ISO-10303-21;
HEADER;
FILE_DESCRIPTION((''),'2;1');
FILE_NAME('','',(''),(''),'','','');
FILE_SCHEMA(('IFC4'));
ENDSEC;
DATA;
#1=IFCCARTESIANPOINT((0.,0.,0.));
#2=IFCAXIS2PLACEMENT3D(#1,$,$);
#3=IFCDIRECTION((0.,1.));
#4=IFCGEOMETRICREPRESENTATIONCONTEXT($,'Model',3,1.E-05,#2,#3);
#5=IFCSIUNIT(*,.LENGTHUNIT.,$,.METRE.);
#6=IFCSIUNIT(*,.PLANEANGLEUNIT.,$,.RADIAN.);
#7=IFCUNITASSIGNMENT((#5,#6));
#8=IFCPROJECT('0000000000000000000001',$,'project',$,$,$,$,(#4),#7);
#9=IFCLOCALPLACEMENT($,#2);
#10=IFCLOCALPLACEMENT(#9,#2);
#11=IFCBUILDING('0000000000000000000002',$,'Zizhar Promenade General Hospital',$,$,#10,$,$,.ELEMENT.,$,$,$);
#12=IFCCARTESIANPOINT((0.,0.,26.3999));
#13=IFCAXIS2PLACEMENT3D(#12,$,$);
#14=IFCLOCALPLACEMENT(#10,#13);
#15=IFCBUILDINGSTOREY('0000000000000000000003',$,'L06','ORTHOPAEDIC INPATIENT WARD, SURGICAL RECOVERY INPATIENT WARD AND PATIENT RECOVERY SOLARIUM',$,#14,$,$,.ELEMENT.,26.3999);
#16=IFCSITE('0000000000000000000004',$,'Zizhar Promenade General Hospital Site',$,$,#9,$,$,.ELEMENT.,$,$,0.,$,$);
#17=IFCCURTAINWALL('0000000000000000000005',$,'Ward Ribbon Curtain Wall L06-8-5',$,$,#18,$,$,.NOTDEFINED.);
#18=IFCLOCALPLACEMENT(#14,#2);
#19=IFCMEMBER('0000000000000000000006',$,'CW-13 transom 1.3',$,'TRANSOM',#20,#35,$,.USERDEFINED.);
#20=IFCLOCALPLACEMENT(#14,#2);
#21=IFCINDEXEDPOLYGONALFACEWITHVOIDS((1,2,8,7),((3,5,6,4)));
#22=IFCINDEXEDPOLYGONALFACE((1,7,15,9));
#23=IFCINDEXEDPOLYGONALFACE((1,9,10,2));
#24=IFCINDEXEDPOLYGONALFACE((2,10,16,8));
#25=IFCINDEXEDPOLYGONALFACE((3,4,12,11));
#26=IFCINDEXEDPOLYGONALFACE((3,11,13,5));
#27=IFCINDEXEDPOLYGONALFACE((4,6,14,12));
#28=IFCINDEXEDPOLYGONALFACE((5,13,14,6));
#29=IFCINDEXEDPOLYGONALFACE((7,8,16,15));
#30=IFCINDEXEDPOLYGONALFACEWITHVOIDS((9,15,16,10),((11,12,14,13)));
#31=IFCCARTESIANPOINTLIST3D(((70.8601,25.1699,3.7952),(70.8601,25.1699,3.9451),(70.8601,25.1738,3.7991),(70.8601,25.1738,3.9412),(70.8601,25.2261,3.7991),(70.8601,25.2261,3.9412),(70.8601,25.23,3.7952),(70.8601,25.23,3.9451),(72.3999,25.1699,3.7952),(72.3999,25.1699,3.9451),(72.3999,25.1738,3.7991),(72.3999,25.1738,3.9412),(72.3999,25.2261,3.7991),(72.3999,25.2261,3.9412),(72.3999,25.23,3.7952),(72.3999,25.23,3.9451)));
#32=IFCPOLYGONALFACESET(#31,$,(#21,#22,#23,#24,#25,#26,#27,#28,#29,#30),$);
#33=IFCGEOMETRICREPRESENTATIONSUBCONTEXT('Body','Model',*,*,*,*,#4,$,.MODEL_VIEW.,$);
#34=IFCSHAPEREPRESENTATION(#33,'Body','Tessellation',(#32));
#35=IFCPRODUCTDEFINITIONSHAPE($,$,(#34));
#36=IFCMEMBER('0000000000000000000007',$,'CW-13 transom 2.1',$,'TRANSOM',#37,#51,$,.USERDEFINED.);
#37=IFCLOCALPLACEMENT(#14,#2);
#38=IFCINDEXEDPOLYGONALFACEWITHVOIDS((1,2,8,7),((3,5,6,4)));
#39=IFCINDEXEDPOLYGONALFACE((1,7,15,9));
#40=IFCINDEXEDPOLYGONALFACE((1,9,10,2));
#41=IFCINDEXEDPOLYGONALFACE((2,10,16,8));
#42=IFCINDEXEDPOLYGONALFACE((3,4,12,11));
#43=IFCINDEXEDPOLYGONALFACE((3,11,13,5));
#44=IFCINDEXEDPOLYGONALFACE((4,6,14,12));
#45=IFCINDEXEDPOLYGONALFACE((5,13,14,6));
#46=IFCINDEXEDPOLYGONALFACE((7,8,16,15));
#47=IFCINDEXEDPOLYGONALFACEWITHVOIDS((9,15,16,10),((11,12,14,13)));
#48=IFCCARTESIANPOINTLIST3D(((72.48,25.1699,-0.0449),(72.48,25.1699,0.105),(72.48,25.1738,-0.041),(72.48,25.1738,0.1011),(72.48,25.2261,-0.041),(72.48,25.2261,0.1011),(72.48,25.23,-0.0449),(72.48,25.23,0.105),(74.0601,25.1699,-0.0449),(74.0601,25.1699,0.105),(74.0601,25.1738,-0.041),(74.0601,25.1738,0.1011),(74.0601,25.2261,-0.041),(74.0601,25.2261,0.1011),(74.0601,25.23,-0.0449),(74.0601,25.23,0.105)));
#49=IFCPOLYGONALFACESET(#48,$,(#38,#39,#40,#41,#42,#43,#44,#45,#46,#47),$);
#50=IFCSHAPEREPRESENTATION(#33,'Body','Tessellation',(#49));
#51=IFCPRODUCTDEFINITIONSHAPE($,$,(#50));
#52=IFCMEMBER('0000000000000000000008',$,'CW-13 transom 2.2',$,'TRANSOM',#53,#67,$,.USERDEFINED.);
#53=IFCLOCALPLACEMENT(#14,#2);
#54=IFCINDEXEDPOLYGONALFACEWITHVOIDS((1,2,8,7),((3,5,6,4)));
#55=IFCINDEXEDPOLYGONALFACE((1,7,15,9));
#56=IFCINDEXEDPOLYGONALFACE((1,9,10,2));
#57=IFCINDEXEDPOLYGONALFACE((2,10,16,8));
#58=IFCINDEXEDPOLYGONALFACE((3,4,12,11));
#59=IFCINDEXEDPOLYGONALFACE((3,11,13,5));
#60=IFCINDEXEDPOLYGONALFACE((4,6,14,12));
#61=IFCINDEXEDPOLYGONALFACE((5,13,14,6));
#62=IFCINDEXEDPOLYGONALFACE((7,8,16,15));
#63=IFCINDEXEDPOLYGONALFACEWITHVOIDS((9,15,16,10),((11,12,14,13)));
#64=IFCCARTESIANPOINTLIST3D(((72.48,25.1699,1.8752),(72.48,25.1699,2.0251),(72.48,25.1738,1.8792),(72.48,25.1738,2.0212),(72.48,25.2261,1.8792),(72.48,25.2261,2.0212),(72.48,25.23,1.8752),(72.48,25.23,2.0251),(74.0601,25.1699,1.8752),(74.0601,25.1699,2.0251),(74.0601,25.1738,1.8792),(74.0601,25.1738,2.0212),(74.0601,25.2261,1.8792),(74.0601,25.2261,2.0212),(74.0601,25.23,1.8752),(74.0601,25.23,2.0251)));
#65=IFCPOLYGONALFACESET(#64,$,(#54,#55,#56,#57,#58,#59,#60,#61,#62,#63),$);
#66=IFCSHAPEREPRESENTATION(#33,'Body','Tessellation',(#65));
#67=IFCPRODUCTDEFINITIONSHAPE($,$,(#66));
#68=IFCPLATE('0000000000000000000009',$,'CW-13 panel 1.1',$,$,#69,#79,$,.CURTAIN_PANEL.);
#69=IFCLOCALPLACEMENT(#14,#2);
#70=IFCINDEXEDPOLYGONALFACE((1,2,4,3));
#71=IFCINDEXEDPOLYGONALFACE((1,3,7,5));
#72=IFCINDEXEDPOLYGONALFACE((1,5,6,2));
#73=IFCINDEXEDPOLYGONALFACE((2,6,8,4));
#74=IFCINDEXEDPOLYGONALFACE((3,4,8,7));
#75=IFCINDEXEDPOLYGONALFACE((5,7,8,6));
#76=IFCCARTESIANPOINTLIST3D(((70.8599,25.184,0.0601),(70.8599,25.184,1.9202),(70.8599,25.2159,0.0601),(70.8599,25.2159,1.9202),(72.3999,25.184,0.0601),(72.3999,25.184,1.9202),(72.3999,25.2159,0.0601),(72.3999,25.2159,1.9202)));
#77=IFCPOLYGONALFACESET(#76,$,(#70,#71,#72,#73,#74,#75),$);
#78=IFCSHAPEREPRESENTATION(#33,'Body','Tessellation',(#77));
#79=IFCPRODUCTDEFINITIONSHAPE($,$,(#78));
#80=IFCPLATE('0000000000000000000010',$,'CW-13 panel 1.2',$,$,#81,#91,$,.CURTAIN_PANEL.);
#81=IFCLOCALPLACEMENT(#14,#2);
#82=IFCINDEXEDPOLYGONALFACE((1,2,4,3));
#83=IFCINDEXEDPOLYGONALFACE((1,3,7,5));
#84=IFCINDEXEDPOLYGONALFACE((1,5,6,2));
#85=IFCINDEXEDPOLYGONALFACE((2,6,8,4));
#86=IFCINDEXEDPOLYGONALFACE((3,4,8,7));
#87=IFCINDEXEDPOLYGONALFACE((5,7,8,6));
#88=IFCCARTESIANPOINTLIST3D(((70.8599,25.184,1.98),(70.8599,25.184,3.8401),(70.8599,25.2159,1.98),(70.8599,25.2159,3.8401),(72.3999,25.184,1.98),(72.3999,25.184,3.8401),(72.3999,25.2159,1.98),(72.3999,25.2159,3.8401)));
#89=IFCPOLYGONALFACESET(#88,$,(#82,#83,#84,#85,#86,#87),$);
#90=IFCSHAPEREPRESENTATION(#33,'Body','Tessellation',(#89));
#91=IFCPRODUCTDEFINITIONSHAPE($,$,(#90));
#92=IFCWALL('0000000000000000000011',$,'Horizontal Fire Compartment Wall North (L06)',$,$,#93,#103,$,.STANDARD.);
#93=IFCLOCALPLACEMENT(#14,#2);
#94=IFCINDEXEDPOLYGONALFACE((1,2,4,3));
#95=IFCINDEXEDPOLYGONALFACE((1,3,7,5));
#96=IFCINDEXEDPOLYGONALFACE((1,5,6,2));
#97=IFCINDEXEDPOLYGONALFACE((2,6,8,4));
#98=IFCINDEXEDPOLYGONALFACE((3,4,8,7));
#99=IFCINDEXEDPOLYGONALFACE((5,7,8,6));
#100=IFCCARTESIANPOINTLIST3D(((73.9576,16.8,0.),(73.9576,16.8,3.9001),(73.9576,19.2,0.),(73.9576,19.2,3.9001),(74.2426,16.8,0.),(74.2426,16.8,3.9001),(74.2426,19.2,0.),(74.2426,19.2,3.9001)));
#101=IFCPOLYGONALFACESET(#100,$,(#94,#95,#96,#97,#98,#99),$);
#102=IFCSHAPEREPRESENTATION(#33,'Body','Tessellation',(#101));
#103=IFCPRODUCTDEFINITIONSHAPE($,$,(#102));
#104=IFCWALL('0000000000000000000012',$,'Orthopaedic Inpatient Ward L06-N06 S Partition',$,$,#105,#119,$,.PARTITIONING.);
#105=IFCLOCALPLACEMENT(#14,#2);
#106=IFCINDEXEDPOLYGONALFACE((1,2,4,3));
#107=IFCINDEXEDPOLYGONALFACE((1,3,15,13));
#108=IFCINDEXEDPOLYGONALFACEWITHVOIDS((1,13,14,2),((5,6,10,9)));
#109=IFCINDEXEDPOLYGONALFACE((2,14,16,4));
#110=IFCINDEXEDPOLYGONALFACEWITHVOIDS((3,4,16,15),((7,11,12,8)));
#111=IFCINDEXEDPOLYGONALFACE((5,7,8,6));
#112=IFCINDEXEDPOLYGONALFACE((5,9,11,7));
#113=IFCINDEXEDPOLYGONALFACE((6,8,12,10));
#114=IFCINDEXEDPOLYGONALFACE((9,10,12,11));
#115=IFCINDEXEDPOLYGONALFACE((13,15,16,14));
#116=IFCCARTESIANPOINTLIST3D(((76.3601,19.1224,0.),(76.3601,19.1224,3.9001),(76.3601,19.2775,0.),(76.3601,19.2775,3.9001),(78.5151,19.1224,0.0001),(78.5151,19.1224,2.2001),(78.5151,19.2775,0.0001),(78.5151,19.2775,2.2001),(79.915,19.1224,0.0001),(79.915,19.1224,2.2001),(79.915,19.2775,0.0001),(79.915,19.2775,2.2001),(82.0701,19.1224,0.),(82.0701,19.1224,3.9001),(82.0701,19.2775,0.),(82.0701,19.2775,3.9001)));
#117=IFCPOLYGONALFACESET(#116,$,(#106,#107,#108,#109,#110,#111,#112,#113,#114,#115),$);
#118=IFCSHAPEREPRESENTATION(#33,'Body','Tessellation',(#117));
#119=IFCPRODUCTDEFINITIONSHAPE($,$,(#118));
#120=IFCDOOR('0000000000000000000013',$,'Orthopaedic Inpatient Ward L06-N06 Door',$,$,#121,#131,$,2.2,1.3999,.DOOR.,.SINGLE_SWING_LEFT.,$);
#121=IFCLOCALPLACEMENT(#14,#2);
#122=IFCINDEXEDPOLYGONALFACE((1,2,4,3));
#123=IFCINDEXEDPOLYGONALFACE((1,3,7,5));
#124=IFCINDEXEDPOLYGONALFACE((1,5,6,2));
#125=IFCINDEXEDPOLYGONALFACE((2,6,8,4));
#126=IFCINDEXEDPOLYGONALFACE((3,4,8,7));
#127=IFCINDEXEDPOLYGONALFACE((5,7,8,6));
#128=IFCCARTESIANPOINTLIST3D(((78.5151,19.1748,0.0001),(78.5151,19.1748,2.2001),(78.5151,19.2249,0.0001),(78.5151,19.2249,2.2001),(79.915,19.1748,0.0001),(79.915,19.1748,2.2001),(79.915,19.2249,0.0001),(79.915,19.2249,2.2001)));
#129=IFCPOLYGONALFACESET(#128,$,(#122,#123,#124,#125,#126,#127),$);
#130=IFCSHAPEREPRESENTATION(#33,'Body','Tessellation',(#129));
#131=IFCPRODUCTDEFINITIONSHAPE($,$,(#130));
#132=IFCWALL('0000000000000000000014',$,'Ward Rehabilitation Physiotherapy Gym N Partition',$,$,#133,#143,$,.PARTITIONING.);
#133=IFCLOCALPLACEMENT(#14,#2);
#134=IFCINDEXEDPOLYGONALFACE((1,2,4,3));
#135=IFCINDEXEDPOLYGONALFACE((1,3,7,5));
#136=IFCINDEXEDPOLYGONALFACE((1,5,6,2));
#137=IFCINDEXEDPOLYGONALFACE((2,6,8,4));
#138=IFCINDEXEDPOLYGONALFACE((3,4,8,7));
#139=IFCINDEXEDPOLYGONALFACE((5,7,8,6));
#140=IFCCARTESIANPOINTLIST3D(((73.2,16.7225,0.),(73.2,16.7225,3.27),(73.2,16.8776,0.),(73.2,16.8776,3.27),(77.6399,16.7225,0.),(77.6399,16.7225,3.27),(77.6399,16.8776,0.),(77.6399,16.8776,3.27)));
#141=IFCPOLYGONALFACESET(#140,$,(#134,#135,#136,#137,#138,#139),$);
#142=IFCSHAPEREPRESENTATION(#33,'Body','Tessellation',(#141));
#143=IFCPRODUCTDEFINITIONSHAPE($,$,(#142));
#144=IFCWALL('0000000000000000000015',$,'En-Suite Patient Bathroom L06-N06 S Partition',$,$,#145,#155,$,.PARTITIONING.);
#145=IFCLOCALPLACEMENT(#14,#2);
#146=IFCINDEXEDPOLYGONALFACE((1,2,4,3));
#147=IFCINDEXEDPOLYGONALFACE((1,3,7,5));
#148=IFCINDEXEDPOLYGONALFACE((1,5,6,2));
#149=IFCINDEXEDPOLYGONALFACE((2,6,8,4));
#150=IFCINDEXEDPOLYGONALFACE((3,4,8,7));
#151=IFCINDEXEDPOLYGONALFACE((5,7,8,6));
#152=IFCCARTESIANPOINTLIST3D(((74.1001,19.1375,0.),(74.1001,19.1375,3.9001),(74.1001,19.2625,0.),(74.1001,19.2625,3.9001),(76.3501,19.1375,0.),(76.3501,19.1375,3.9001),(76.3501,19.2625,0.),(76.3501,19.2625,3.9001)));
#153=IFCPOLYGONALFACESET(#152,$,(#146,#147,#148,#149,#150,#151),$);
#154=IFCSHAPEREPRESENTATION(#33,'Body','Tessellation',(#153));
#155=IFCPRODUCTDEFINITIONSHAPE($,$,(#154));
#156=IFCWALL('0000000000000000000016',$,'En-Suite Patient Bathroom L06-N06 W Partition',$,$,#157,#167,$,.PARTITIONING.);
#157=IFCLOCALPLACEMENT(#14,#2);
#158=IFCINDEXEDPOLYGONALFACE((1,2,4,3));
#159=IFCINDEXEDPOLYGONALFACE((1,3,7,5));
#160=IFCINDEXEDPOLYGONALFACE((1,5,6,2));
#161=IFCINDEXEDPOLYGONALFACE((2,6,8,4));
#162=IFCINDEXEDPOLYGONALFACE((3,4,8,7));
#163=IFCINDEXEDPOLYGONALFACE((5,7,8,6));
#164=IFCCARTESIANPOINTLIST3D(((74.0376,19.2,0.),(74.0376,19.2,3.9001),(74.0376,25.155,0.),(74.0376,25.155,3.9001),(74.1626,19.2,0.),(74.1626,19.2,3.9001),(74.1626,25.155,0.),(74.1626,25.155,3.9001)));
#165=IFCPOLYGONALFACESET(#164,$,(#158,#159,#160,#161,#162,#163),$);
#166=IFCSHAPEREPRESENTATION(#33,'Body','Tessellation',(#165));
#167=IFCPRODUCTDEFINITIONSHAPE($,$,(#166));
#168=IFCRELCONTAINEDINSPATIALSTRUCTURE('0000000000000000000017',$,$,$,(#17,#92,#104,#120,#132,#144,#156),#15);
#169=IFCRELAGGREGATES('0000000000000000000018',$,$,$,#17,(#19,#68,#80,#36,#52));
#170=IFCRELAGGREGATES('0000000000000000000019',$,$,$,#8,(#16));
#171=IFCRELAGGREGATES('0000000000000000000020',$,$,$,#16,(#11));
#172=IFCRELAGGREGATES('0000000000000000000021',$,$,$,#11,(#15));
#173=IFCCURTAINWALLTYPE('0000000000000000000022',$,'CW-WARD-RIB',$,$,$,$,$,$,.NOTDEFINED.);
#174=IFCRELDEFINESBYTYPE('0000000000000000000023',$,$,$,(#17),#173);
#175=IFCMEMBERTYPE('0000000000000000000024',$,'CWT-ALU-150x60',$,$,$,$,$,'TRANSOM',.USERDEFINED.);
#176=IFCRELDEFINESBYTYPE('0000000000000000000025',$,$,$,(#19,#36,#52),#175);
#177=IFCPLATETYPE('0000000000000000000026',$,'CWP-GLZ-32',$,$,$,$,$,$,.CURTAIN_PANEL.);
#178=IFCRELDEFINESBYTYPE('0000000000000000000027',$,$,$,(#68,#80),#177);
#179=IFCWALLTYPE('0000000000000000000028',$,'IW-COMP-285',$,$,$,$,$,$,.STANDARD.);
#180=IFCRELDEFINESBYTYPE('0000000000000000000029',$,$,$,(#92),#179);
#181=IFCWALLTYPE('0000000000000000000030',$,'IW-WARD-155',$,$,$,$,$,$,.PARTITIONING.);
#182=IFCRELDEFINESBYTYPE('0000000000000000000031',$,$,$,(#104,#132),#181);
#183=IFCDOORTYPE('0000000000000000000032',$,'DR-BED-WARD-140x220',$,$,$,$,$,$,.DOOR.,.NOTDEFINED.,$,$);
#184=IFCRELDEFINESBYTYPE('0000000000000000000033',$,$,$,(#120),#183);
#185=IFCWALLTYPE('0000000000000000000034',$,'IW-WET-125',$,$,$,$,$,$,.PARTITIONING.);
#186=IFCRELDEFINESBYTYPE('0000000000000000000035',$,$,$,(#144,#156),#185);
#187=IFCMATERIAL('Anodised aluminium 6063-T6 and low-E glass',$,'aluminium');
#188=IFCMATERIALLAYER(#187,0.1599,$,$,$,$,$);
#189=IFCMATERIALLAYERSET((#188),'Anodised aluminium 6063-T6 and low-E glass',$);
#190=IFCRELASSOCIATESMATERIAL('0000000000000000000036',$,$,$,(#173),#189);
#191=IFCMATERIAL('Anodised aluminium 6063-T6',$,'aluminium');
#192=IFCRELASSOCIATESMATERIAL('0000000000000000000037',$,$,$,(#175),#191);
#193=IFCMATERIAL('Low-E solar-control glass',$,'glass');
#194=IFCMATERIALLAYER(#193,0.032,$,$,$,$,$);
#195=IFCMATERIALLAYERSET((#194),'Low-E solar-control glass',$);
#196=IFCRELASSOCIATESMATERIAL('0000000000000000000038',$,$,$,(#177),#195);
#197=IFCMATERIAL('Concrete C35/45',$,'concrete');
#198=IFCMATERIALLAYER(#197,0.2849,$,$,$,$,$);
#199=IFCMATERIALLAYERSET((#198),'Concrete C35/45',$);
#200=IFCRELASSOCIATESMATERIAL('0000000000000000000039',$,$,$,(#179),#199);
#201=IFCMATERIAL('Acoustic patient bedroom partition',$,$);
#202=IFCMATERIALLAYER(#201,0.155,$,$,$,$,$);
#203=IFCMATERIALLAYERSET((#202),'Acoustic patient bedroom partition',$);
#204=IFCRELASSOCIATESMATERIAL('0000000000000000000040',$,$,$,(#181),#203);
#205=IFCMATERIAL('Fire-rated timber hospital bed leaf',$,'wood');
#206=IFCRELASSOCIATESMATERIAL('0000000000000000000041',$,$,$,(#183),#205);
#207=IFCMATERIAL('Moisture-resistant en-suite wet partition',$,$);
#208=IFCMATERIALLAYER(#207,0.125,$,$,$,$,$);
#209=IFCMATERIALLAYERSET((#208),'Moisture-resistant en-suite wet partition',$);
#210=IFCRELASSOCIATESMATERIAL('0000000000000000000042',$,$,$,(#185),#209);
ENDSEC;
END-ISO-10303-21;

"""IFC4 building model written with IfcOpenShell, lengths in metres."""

from ifc_helpers import new_model, si_unit, direction, frame, frame_2d, origin, origin_2d, place, context, subcontext, project, spatial, rectangle, hollow_rectangle, extrude, material, layer, layer_set, material_profile, profile_set, type_object, element, fill, aggregate, save


model = new_model("IFC4")

# Units and contexts
model_context = context("Model", 3, precision=1e-05, world=origin(), true_north=direction((0.0, 1.0)))
body_context = subcontext(model_context, "Body", "Model", "MODEL_VIEW")
ifc_project = project(units=[si_unit("LENGTHUNIT", "METRE"), si_unit("PLANEANGLEUNIT", "RADIAN")], contexts=[model_context])

# Site, building, storey
site_placement = place(None, origin())
site = spatial("IfcSite", under=ifc_project, at=site_placement, Name="Zizhar Promenade General Hospital Site", CompositionType="ELEMENT", RefElevation=0.0)
building_placement = place(site_placement, origin())
building = spatial("IfcBuilding", under=site, at=building_placement, Name="Zizhar Promenade General Hospital", CompositionType="ELEMENT")
storey_placement = place(building_placement, frame((0.0, 0.0, 26.3999)))
storey = spatial("IfcBuildingStorey", under=building, at=storey_placement, Name="L06", Description="ORTHOPAEDIC INPATIENT WARD, SURGICAL RECOVERY INPATIENT WARD AND PATIENT RECOVERY SOLARIUM", CompositionType="ELEMENT", Elevation=26.3999)

# Curtain wall, members, plates
ifc_material_1 = material(Name="Anodised aluminium 6063-T6 and low-E glass", Category="aluminium")
ifc_layer_1 = layer(ifc_material_1, 0.1599)
ifc_layer_set_1 = layer_set([ifc_layer_1], Name="Anodised aluminium 6063-T6 and low-E glass")
curtain_wall_type = type_object("IfcCurtainWallType", Name="CW-WARD-RIB", PredefinedType="NOTDEFINED", material=ifc_layer_set_1)
curtain_wall_placement = place(storey_placement, origin())
curtain_wall = element("IfcCurtainWall", 1, at=curtain_wall_placement, inside=storey, type_object=curtain_wall_type, Name="Ward Ribbon Curtain Wall L06-8-5", PredefinedType="NOTDEFINED")
ifc_material_2 = material(Name="Anodised aluminium 6063-T6", Category="aluminium")
ifc_material_profile_1 = material_profile(ifc_material_2, hollow_rectangle(XDim=0.0601, YDim=0.1499, WallThickness=0.0039, at=origin_2d()))
ifc_profile_set_1 = profile_set([ifc_material_profile_1], Name="Anodised aluminium 6063-T6")
member_type_1 = type_object("IfcMemberType", Name="CWT-ALU-150x60", ElementType="TRANSOM", PredefinedType="USERDEFINED", material=ifc_profile_set_1)
member_1_placement = place(storey_placement, frame((70.8601, 25.2, 3.8701), z_axis=(1.0, 0.0, 0.0), x_axis=(0.0, 1.0, 0.0)))
member_1 = element("IfcMember", 2, at=member_1_placement, type_object=member_type_1, Name="CW-13 transom 1.3", ObjectType="TRANSOM", PredefinedType="USERDEFINED", context=body_context, shape_type="SweptSolid", body=[
    extrude(hollow_rectangle(XDim=0.0601, YDim=0.1499, WallThickness=0.0039, at=origin_2d()), origin(), (0.0, 0.0, 1.0), 1.5398),
])
member_2_placement = place(storey_placement, frame((72.48, 25.2, 0.03), z_axis=(1.0, 0.0, 0.0), x_axis=(0.0, 1.0, 0.0)))
member_2 = element("IfcMember", 3, at=member_2_placement, type_object=member_type_1, Name="CW-13 transom 2.1", ObjectType="TRANSOM", PredefinedType="USERDEFINED", context=body_context, shape_type="SweptSolid", body=[
    extrude(hollow_rectangle(XDim=0.0601, YDim=0.1499, WallThickness=0.0039, at=origin_2d()), origin(), (0.0, 0.0, 1.0), 1.5801),
])
member_3_placement = place(storey_placement, frame((72.48, 25.2, 1.9502), z_axis=(1.0, 0.0, 0.0), x_axis=(0.0, 1.0, 0.0)))
member_3 = element("IfcMember", 4, at=member_3_placement, type_object=member_type_1, Name="CW-13 transom 2.2", ObjectType="TRANSOM", PredefinedType="USERDEFINED", context=body_context, shape_type="SweptSolid", body=[
    extrude(hollow_rectangle(XDim=0.0601, YDim=0.1499, WallThickness=0.0039, at=origin_2d()), origin(), (0.0, 0.0, 1.0), 1.5801),
])
ifc_material_3 = material(Name="Low-E solar-control glass", Category="glass")
ifc_layer_2 = layer(ifc_material_3, 0.032)
ifc_layer_set_2 = layer_set([ifc_layer_2], Name="Low-E solar-control glass")
plate_type = type_object("IfcPlateType", Name="CWP-GLZ-32", PredefinedType="CURTAIN_PANEL", material=ifc_layer_set_2)
plate_1_placement = place(storey_placement, frame((71.6299, 25.2, 0.0601), z_axis=(0.0, 0.0, 1.0), x_axis=(1.0, 0.0, 0.0)))
plate_1 = element("IfcPlate", 5, at=plate_1_placement, type_object=plate_type, Name="CW-13 panel 1.1", PredefinedType="CURTAIN_PANEL", context=body_context, shape_type="SweptSolid", body=[
    extrude(rectangle(XDim=1.54, YDim=0.032, at=origin_2d()), origin(), (0.0, 0.0, 1.0), 1.8601),
])
plate_2_placement = place(storey_placement, frame((71.6299, 25.2, 1.98), z_axis=(0.0, 0.0, 1.0), x_axis=(1.0, 0.0, 0.0)))
plate_2 = element("IfcPlate", 6, at=plate_2_placement, type_object=plate_type, Name="CW-13 panel 1.2", PredefinedType="CURTAIN_PANEL", context=body_context, shape_type="SweptSolid", body=[
    extrude(rectangle(XDim=1.54, YDim=0.032, at=origin_2d()), origin(), (0.0, 0.0, 1.0), 1.8601),
])
aggregate(curtain_wall, [member_1, plate_1, plate_2, member_2, member_3])

# Wall
ifc_material_4 = material(Name="Concrete C35/45", Category="concrete")
ifc_layer_3 = layer(ifc_material_4, 0.2849)
ifc_layer_set_3 = layer_set([ifc_layer_3], Name="Concrete C35/45")
wall_type_1 = type_object("IfcWallType", Name="IW-COMP-285", PredefinedType="STANDARD", material=ifc_layer_set_3)
wall_1_placement = place(storey_placement, frame((74.1001, 16.8, 0.0), z_axis=(0.0, 0.0, 1.0), x_axis=(0.0, 1.0, 0.0)))
element("IfcWall", 7, at=wall_1_placement, inside=storey, type_object=wall_type_1, Name="Horizontal Fire Compartment Wall North (L06)", PredefinedType="STANDARD", context=body_context, shape_type="SweptSolid", body=[
    extrude(rectangle(XDim=2.3999, YDim=0.2849, at=frame_2d((1.2, 0.0))), origin(), (0.0, 0.0, 1.0), 3.9001),
])

# Wall, opening, door
ifc_material_5 = material(Name="Acoustic patient bedroom partition")
ifc_layer_4 = layer(ifc_material_5, 0.155)
ifc_layer_set_4 = layer_set([ifc_layer_4], Name="Acoustic patient bedroom partition")
wall_type_2 = type_object("IfcWallType", Name="IW-WARD-155", PredefinedType="PARTITIONING", material=ifc_layer_set_4)
wall_2_placement = place(storey_placement, frame((76.3601, 19.2, 0.0), z_axis=(0.0, 0.0, 1.0), x_axis=(1.0, 0.0, 0.0)))
wall_2 = element("IfcWall", 8, at=wall_2_placement, inside=storey, type_object=wall_type_2, Name="Orthopaedic Inpatient Ward L06-N06 S Partition", PredefinedType="PARTITIONING", context=body_context, shape_type="SweptSolid", body=[
    extrude(rectangle(XDim=5.71, YDim=0.155, at=frame_2d((2.855, 0.0))), origin(), (0.0, 0.0, 1.0), 3.9001),
])
opening_1_placement = place(wall_2_placement, frame((2.155, 0.0, 0.0)))
opening_1 = element("IfcOpeningElement", 9, at=opening_1_placement, cuts=wall_2, PredefinedType="OPENING", context=body_context, shape_type="SweptSolid", body=[
    extrude(rectangle(XDim=1.3999, YDim=2.2, at=frame_2d((0.7, 1.1001))), frame((0.0, 0.0874, 0.0), z_axis=(0.0, -1.0, 0.0), x_axis=(1.0, 0.0, 0.0)), (0.0, 0.0, 1.0), 0.175),
])
ifc_material_6 = material(Name="Fire-rated timber hospital bed leaf", Category="wood")
door_type_1 = type_object("IfcDoorType", Name="DR-BED-WARD-140x220", OperationType="NOTDEFINED", PredefinedType="DOOR", material=ifc_material_6)
door_1_placement = place(opening_1_placement, origin())
door_1 = element("IfcDoor", 10, at=door_1_placement, inside=storey, type_object=door_type_1, Name="Orthopaedic Inpatient Ward L06-N06 Door", OperationType="SINGLE_SWING_LEFT", OverallHeight=2.2, OverallWidth=1.3999, PredefinedType="DOOR", context=body_context, shape_type="SweptSolid", body=[
    extrude(rectangle(XDim=1.3999, YDim=2.2, at=frame_2d((0.7, 1.1001))), frame((0.0, 0.0249, 0.0), z_axis=(0.0, -1.0, 0.0), x_axis=(1.0, 0.0, 0.0)), (0.0, 0.0, 1.0), 0.05),
])
fill(opening_1, door_1)

# Walls
wall_3_placement = place(storey_placement, frame((73.2, 16.8, 0.0), z_axis=(0.0, 0.0, 1.0), x_axis=(1.0, 0.0, 0.0)))
element("IfcWall", 11, at=wall_3_placement, inside=storey, type_object=wall_type_2, Name="Ward Rehabilitation Physiotherapy Gym N Partition", PredefinedType="PARTITIONING", context=body_context, shape_type="SweptSolid", body=[
    extrude(rectangle(XDim=4.4399, YDim=0.155, at=frame_2d((2.22, 0.0))), origin(), (0.0, 0.0, 1.0), 3.27),
])
ifc_material_7 = material(Name="Moisture-resistant en-suite wet partition")
ifc_layer_5 = layer(ifc_material_7, 0.125)
ifc_layer_set_5 = layer_set([ifc_layer_5], Name="Moisture-resistant en-suite wet partition")
wall_type_3 = type_object("IfcWallType", Name="IW-WET-125", PredefinedType="PARTITIONING", material=ifc_layer_set_5)
wall_4_placement = place(storey_placement, frame((74.1001, 19.2, 0.0), z_axis=(0.0, 0.0, 1.0), x_axis=(1.0, 0.0, 0.0)))
element("IfcWall", 12, at=wall_4_placement, inside=storey, type_object=wall_type_3, Name="En-Suite Patient Bathroom L06-N06 S Partition", PredefinedType="PARTITIONING", context=body_context, shape_type="SweptSolid", body=[
    extrude(rectangle(XDim=2.25, YDim=0.125, at=frame_2d((1.125, 0.0))), origin(), (0.0, 0.0, 1.0), 3.9001),
])
wall_5_placement = place(storey_placement, frame((74.1001, 19.2, 0.0), z_axis=(0.0, 0.0, 1.0), x_axis=(0.0, 1.0, 0.0)))
element("IfcWall", 13, at=wall_5_placement, inside=storey, type_object=wall_type_3, Name="En-Suite Patient Bathroom L06-N06 W Partition", PredefinedType="PARTITIONING", context=body_context, shape_type="SweptSolid", body=[
    extrude(rectangle(XDim=5.9551, YDim=0.125, at=frame_2d((2.9775, 0.0))), origin(), (0.0, 0.0, 1.0), 3.9001),
])

save(model, "model.ifc")
